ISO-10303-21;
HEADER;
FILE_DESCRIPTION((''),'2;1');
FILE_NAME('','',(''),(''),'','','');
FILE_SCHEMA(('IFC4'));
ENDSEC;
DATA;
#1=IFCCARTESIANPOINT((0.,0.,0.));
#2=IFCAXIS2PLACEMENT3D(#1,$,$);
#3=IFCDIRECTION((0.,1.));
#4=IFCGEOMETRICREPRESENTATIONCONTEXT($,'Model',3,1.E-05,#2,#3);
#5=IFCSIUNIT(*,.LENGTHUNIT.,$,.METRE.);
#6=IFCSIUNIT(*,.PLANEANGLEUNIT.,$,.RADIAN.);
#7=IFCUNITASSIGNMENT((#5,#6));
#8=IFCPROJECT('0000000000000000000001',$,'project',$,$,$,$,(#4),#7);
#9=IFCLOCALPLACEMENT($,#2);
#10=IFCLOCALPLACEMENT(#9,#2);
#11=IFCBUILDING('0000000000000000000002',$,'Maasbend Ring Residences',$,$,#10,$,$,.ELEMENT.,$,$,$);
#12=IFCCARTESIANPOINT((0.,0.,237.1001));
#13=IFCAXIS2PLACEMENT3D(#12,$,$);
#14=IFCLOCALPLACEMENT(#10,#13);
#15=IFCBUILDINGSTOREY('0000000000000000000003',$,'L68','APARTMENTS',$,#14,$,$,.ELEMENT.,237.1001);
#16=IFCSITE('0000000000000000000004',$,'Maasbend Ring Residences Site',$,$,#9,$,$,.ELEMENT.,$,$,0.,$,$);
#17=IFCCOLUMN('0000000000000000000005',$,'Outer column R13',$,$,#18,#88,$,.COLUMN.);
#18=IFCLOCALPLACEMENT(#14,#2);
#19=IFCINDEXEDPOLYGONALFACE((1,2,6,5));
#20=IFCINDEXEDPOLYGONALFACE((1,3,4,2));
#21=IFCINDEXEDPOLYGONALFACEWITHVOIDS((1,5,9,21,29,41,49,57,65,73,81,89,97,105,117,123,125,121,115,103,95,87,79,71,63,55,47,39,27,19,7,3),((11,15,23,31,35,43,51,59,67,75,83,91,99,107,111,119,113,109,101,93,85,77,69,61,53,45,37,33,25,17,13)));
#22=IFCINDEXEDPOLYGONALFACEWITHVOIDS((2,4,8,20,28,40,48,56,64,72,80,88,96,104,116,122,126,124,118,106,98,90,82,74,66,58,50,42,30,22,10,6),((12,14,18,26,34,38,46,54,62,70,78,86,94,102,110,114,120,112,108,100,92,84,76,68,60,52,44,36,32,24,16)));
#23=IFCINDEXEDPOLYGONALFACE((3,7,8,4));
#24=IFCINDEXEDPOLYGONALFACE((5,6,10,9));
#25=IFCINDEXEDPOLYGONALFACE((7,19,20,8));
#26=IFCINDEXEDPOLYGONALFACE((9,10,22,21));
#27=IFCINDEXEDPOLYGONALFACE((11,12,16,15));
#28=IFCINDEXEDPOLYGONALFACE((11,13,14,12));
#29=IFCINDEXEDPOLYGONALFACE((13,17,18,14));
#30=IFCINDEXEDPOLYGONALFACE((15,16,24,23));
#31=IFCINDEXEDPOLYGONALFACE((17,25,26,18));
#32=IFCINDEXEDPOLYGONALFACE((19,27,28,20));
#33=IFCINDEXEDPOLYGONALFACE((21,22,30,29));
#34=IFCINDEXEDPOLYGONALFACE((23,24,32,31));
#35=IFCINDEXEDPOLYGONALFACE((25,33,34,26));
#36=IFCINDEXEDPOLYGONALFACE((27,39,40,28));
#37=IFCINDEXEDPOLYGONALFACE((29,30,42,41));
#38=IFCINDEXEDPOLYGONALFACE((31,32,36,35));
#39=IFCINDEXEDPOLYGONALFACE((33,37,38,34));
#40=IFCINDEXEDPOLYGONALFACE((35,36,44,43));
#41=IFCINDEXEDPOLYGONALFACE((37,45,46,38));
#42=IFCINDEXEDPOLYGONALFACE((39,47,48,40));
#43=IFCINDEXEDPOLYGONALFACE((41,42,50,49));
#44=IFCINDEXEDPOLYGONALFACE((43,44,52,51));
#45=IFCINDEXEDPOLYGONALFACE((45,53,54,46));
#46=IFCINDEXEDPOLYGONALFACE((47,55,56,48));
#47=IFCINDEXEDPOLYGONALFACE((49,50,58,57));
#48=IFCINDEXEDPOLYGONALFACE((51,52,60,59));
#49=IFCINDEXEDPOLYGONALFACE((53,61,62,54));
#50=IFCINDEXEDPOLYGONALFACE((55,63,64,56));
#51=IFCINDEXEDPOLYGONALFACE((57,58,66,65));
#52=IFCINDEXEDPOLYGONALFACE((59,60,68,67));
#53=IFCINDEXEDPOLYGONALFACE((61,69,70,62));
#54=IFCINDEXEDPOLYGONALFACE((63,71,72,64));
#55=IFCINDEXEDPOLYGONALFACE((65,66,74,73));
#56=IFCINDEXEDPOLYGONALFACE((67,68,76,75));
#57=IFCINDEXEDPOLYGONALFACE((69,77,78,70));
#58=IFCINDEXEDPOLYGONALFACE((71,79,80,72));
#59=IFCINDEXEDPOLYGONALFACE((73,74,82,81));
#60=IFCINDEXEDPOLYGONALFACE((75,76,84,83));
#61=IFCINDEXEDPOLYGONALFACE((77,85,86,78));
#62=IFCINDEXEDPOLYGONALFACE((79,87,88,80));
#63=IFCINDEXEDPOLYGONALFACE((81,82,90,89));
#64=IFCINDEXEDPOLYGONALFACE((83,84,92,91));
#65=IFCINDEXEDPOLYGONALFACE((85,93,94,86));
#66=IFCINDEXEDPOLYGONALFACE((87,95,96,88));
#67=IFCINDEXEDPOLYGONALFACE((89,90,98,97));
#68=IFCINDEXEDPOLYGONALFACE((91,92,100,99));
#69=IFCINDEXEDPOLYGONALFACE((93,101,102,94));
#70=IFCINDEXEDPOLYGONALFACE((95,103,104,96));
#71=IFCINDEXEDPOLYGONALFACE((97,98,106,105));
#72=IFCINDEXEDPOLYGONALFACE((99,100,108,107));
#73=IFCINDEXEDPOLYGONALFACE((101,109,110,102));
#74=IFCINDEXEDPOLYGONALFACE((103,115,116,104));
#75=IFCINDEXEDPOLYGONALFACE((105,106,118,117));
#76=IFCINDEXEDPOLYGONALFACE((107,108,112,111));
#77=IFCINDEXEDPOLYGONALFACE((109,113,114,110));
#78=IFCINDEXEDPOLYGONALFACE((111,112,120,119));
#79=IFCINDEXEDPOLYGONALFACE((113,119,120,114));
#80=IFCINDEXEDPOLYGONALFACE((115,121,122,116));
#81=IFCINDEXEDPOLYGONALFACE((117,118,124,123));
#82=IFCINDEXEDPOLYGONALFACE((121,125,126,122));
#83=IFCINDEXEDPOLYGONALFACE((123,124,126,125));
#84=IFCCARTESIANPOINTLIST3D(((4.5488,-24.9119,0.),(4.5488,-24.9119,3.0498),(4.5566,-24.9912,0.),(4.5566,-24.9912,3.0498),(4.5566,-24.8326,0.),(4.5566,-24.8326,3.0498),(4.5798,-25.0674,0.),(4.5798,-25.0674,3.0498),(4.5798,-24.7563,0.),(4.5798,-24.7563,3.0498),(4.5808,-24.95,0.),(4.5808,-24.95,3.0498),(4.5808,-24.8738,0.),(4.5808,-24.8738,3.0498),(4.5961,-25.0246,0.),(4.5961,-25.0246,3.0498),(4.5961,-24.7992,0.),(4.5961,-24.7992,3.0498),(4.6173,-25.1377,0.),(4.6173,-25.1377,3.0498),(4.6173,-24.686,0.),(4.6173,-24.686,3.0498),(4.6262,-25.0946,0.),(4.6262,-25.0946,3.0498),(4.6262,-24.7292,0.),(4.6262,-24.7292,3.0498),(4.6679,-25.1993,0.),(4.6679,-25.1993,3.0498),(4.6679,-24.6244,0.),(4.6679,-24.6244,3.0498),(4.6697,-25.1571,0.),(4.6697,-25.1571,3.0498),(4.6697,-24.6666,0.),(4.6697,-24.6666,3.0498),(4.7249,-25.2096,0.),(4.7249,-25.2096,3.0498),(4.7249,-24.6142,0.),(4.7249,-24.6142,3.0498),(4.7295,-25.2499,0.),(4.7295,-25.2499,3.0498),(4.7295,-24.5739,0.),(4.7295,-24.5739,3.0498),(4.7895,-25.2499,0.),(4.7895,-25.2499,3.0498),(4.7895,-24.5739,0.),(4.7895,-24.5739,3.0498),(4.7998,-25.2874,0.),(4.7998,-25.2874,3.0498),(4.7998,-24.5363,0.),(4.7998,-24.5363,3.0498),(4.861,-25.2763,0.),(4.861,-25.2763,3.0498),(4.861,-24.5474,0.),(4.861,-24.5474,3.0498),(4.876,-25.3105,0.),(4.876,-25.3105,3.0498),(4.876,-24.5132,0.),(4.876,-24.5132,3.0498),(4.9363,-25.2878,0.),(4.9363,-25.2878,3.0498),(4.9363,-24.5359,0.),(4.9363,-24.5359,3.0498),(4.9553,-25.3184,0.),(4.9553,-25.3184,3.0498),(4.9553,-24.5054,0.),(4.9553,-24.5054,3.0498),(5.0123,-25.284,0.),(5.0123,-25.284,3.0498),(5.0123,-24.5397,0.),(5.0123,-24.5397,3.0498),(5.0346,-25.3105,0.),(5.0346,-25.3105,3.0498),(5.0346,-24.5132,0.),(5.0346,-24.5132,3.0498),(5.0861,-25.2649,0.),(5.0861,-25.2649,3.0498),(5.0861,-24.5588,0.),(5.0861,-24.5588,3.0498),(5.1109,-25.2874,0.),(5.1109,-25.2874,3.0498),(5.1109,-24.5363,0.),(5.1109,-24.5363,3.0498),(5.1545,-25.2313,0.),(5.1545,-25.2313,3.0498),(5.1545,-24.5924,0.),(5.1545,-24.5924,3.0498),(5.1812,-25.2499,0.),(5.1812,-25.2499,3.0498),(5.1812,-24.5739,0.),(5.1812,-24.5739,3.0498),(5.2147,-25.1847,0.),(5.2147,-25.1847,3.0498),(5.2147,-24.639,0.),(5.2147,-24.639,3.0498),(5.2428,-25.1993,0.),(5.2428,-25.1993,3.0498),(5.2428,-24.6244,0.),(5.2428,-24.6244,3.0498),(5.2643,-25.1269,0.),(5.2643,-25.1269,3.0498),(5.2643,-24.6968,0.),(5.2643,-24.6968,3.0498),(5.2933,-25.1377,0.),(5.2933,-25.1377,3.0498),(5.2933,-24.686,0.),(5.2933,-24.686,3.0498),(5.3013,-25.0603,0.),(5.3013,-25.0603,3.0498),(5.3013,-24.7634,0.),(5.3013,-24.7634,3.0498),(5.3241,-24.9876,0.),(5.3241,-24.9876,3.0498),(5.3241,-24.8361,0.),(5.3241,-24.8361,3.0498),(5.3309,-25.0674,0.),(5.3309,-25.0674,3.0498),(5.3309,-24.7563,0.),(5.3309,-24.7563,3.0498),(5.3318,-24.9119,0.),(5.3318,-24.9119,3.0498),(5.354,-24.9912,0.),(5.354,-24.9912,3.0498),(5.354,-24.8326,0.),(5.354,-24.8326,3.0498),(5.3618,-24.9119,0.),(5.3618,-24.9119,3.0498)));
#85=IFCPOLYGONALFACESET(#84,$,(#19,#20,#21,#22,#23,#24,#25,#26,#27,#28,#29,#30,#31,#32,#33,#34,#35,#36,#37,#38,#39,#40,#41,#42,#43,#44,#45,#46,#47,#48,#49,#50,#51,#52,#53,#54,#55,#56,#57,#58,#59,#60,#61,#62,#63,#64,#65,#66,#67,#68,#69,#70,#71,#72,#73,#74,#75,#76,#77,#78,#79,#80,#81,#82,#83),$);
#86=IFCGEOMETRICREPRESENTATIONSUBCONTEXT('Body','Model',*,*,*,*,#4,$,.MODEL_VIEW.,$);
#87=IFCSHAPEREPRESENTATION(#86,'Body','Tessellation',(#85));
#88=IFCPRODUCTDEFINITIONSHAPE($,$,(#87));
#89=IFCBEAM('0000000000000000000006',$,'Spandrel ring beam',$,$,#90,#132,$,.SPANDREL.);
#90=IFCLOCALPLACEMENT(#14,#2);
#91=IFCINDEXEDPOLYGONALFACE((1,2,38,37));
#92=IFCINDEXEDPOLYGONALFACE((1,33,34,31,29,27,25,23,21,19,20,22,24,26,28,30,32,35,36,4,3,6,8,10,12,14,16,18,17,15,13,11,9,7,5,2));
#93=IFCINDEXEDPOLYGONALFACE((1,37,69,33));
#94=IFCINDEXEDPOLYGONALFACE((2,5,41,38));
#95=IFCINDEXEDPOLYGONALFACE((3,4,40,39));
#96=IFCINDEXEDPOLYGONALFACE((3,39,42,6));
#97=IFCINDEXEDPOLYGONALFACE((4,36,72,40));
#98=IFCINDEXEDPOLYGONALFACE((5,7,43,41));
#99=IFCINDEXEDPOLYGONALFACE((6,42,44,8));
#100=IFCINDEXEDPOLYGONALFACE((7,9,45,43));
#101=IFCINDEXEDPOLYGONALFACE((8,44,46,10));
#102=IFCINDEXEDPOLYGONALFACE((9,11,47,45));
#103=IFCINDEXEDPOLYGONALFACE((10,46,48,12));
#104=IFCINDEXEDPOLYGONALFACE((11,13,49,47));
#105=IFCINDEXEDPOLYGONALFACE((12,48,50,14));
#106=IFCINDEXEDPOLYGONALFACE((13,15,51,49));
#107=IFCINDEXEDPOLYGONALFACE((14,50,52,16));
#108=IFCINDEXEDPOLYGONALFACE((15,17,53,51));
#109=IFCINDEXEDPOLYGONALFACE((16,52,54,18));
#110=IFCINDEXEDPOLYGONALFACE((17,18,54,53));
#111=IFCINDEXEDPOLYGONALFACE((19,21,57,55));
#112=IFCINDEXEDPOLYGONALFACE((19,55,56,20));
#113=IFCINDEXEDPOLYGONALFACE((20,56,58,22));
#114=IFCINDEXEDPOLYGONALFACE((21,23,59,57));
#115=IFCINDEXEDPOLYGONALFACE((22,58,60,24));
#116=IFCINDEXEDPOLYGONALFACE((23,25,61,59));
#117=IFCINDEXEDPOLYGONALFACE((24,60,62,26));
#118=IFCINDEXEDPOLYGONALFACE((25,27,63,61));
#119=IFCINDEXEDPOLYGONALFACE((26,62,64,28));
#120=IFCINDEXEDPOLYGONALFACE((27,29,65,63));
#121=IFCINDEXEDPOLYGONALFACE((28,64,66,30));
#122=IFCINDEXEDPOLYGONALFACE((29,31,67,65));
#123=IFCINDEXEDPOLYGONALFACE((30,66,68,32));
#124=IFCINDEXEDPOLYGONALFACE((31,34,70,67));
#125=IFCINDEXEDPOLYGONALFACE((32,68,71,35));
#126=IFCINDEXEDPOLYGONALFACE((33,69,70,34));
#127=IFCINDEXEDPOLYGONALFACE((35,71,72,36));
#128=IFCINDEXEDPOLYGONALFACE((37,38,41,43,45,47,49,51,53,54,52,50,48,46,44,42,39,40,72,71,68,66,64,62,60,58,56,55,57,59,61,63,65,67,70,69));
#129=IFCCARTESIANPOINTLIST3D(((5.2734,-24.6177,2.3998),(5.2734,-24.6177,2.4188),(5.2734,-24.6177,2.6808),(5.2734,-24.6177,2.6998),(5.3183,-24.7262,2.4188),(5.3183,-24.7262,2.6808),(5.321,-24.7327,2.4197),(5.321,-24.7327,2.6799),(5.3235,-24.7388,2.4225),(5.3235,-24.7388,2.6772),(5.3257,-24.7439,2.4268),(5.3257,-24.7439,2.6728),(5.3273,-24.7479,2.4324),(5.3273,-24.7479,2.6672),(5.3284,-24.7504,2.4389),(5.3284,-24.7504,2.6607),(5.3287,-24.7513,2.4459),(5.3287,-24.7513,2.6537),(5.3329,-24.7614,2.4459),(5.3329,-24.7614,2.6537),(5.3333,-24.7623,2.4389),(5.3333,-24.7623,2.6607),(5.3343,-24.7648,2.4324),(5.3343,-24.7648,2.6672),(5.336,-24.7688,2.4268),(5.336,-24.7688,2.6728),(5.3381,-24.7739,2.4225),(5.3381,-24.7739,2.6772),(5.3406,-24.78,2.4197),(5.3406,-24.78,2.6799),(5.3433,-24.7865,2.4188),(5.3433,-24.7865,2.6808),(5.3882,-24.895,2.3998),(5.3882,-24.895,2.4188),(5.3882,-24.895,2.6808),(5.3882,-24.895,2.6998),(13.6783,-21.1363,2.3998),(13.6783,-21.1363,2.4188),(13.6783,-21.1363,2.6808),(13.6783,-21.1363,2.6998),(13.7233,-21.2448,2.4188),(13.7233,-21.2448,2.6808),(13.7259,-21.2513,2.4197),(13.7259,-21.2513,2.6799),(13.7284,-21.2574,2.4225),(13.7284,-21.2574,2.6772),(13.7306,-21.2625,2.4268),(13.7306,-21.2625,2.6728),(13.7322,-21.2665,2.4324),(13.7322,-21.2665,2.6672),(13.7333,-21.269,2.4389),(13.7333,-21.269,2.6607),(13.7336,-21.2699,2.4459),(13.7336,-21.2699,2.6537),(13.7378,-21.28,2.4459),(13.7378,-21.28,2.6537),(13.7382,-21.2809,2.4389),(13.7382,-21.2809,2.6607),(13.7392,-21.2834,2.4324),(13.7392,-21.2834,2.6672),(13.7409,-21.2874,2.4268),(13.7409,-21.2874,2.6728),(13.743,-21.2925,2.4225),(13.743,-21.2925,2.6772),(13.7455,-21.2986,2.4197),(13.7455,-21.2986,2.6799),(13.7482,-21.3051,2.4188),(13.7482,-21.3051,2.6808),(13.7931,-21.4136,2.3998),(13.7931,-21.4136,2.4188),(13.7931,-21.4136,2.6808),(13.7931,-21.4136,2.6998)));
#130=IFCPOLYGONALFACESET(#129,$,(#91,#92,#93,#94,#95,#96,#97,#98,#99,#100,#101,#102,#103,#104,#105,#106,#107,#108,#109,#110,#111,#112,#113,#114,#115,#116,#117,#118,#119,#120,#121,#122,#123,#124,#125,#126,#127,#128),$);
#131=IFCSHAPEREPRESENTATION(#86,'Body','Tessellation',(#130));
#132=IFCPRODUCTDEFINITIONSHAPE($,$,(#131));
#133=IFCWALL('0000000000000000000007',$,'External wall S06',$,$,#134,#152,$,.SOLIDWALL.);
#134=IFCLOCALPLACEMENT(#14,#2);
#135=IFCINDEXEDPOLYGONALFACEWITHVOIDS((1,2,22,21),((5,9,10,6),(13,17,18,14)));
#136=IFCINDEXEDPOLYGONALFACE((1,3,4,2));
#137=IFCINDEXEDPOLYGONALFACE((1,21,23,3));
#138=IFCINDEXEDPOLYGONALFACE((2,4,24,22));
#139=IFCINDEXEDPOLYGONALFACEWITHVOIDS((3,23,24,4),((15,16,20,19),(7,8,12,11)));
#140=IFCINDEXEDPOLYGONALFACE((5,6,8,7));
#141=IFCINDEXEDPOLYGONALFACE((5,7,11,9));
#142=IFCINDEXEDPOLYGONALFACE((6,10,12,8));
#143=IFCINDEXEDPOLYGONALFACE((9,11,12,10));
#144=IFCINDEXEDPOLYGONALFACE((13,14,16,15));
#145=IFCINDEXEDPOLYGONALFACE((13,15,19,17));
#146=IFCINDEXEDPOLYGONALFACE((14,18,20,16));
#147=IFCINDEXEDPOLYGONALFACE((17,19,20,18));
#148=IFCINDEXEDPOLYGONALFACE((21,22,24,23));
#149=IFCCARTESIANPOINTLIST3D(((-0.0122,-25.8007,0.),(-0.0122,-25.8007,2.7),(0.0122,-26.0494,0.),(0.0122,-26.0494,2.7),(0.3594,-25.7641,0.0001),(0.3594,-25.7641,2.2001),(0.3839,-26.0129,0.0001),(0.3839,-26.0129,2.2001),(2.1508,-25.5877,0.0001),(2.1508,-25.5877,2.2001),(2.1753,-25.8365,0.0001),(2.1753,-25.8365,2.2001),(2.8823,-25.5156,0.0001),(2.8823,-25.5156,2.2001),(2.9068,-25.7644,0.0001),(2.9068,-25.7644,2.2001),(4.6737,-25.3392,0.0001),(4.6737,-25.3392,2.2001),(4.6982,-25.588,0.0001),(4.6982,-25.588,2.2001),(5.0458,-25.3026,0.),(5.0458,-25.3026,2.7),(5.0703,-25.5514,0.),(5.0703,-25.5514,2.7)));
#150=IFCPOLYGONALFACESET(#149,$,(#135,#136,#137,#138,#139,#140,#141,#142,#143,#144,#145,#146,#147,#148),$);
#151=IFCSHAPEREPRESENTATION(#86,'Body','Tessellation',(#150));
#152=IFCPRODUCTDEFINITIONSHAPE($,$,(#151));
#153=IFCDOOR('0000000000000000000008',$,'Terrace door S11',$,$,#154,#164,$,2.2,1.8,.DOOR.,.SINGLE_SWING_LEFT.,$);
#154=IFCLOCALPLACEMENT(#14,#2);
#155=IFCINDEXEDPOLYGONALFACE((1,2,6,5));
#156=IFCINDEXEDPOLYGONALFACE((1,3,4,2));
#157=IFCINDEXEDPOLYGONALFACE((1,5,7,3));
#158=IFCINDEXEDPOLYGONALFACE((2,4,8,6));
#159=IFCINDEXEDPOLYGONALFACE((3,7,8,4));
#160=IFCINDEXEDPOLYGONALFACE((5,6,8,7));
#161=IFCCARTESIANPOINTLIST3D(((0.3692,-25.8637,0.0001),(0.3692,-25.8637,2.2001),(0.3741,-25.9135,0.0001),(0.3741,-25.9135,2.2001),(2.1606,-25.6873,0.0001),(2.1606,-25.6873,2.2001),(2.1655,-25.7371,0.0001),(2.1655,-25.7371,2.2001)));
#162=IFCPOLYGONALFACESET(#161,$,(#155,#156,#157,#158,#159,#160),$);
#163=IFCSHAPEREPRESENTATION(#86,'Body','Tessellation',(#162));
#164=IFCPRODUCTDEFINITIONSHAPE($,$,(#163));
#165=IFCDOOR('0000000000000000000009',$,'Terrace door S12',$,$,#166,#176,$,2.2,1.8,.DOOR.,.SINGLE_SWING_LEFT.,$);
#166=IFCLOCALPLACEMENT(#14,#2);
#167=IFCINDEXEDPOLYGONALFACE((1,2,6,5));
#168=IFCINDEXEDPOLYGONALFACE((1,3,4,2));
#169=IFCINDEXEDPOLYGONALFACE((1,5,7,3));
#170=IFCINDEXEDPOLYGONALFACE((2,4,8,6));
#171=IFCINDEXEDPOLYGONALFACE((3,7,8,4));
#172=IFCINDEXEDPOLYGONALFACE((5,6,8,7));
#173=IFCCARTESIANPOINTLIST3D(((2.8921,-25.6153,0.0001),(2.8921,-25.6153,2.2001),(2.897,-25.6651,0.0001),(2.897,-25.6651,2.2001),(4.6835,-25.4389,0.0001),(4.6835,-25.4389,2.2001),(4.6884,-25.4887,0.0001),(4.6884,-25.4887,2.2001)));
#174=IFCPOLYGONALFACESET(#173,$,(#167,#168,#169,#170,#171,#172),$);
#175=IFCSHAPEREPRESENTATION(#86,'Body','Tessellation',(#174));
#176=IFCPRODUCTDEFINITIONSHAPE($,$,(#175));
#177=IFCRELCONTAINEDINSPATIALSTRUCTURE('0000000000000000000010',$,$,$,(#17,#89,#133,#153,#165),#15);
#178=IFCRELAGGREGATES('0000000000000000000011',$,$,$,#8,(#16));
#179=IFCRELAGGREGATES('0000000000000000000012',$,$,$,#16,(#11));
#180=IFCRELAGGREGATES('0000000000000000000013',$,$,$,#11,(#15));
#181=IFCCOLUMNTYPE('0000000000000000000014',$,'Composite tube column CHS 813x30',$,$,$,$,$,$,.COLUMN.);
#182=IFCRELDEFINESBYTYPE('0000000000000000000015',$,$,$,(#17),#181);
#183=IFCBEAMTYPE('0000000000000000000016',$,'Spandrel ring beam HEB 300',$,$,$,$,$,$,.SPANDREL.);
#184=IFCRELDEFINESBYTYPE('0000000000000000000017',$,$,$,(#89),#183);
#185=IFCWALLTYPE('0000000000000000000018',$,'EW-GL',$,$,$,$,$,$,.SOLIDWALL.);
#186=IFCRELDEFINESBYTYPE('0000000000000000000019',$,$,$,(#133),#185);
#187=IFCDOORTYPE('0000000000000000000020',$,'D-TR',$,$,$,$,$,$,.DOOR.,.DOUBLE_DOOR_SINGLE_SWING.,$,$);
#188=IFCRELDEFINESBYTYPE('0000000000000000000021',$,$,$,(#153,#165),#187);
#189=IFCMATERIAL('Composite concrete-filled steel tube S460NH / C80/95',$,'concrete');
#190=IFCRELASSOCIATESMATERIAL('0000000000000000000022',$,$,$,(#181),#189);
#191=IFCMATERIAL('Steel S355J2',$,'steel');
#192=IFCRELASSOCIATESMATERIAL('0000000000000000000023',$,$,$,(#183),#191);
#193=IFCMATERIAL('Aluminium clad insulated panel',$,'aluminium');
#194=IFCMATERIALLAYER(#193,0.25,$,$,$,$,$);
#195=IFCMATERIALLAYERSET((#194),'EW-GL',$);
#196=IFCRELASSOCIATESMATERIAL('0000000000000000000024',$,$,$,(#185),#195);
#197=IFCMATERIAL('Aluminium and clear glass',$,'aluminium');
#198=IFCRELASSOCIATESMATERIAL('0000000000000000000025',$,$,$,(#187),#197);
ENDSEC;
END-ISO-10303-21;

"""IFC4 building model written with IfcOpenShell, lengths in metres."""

from ifc_helpers import new_model, si_unit, direction, frame, frame_2d, origin, origin_2d, place, context, subcontext, project, spatial, rectangle, hollow_circle, i_section, extrude, material, layer, layer_set, material_profile, profile_set, type_object, element, fill, save


model = new_model("IFC4")

# Units and contexts
model_context = context("Model", 3, precision=1e-05, world=origin(), true_north=direction((0.0, 1.0)))
body_context = subcontext(model_context, "Body", "Model", "MODEL_VIEW")
ifc_project = project(units=[si_unit("LENGTHUNIT", "METRE"), si_unit("PLANEANGLEUNIT", "RADIAN")], contexts=[model_context])

# Site, building, storey
site_placement = place(None, origin())
site = spatial("IfcSite", under=ifc_project, at=site_placement, Name="Maasbend Ring Residences Site", CompositionType="ELEMENT", RefElevation=0.0)
building_placement = place(site_placement, origin())
building = spatial("IfcBuilding", under=site, at=building_placement, Name="Maasbend Ring Residences", CompositionType="ELEMENT")
storey_placement = place(building_placement, frame((0.0, 0.0, 237.1001)))
storey = spatial("IfcBuildingStorey", under=building, at=storey_placement, Name="L68", Description="APARTMENTS", CompositionType="ELEMENT", Elevation=237.1001)

# Column
ifc_material_1 = material(Name="Composite concrete-filled steel tube S460NH / C80/95", Category="concrete")
ifc_material_profile_1 = material_profile(ifc_material_1, hollow_circle(Radius=0.4065, WallThickness=0.03, at=origin_2d()), Name="Composite tube column CHS 813x30")
ifc_profile_set_1 = profile_set([ifc_material_profile_1], Name="Composite concrete-filled steel tube S460NH / C80/95")
column_type = type_object("IfcColumnType", Name="Composite tube column CHS 813x30", PredefinedType="COLUMN", material=ifc_profile_set_1)
column_placement = place(storey_placement, frame((4.9553, -24.9119, 0.0), z_axis=(0.0, 0.0, 1.0), x_axis=(1.0, 0.0, 0.0)))
element("IfcColumn", 1, at=column_placement, inside=storey, type_object=column_type, Name="Outer column R13", PredefinedType="COLUMN", context=body_context, shape_type="SweptSolid", body=[
    extrude(hollow_circle(Radius=0.4065, WallThickness=0.03, at=origin_2d()), origin(), (0.0, 0.0, 1.0), 3.0498),
])

# Beam
ifc_material_2 = material(Name="Steel S355J2", Category="steel")
ifc_material_profile_2 = material_profile(ifc_material_2, i_section(OverallWidth=0.3, OverallDepth=0.3, WebThickness=0.011, FlangeThickness=0.019, FilletRadius=0.0271, at=origin_2d()), Name="HEB 300")
ifc_profile_set_2 = profile_set([ifc_material_profile_2], Name="Steel S355J2")
beam_type = type_object("IfcBeamType", Name="Spandrel ring beam HEB 300", PredefinedType="SPANDREL", material=ifc_profile_set_2)
beam_placement = place(storey_placement, frame((5.3308, -24.7563, 2.5498), z_axis=(0.923881, 0.38268, 0.0), x_axis=(-0.38268, 0.923881, 0.0)))
element("IfcBeam", 2, at=beam_placement, inside=storey, type_object=beam_type, Name="Spandrel ring beam", PredefinedType="SPANDREL", context=body_context, shape_type="SweptSolid", body=[
    extrude(i_section(OverallWidth=0.3, OverallDepth=0.3, WebThickness=0.011, FlangeThickness=0.019, FilletRadius=0.0271, at=origin_2d()), origin(), (0.0, 0.0, 1.0), 9.0974),
])

# Wall, openings, doors
ifc_material_3 = material(Name="Aluminium clad insulated panel", Category="aluminium")
ifc_layer_1 = layer(ifc_material_3, 0.25)
ifc_layer_set_1 = layer_set([ifc_layer_1], Name="EW-GL")
wall_type_1 = type_object("IfcWallType", Name="EW-GL", PredefinedType="SOLIDWALL", material=ifc_layer_set_1)
wall_1_placement = place(storey_placement, frame((0.0, -25.925, 0.0), z_axis=(0.0, 0.0, 1.0), x_axis=(0.995187, 0.097991, 0.0)))
wall_1 = element("IfcWall", 3, at=wall_1_placement, inside=storey, type_object=wall_type_1, Name="External wall S06", PredefinedType="SOLIDWALL", context=body_context, shape_type="SweptSolid", body=[
    extrude(rectangle(XDim=5.0825, YDim=0.25, at=frame_2d((2.5413, 0.0))), origin(), (0.0, 0.0, 1.0), 2.7),
])
opening_1_placement = place(wall_1_placement, frame((0.3735, 0.0, 0.0)))
opening_1 = element("IfcOpeningElement", 4, at=opening_1_placement, cuts=wall_1, PredefinedType="OPENING", context=body_context, shape_type="SweptSolid", body=[
    extrude(rectangle(XDim=1.8, YDim=2.2, at=frame_2d((0.8999, 1.1001))), frame((0.0, 0.135, 0.0), z_axis=(0.0, -1.0, 0.0), x_axis=(1.0, 0.0, 0.0)), (0.0, 0.0, 1.0), 0.27),
])
opening_2_placement = place(wall_1_placement, frame((2.9087, 0.0, 0.0)))
opening_2 = element("IfcOpeningElement", 5, at=opening_2_placement, cuts=wall_1, PredefinedType="OPENING", context=body_context, shape_type="SweptSolid", body=[
    extrude(rectangle(XDim=1.8, YDim=2.2, at=frame_2d((0.8999, 1.1001))), frame((0.0, 0.135, 0.0), z_axis=(0.0, -1.0, 0.0), x_axis=(1.0, 0.0, 0.0)), (0.0, 0.0, 1.0), 0.27),
])
ifc_material_4 = material(Name="Aluminium and clear glass", Category="aluminium")
door_type_1 = type_object("IfcDoorType", Name="D-TR", OperationType="DOUBLE_DOOR_SINGLE_SWING", PredefinedType="DOOR", material=ifc_material_4)
door_1_placement = place(opening_1_placement, origin())
door_1 = element("IfcDoor", 6, at=door_1_placement, inside=storey, type_object=door_type_1, Name="Terrace door S11", OperationType="SINGLE_SWING_LEFT", OverallHeight=2.2, OverallWidth=1.8, PredefinedType="DOOR", context=body_context, shape_type="SweptSolid", body=[
    extrude(rectangle(XDim=1.8, YDim=2.2, at=frame_2d((0.8999, 1.1001))), frame((0.0, 0.0249, 0.0), z_axis=(0.0, -1.0, 0.0), x_axis=(1.0, 0.0, 0.0)), (0.0, 0.0, 1.0), 0.05),
])
fill(opening_1, door_1)
door_2_placement = place(opening_2_placement, origin())
door_2 = element("IfcDoor", 7, at=door_2_placement, inside=storey, type_object=door_type_1, Name="Terrace door S12", OperationType="SINGLE_SWING_LEFT", OverallHeight=2.2, OverallWidth=1.8, PredefinedType="DOOR", context=body_context, shape_type="SweptSolid", body=[
    extrude(rectangle(XDim=1.8, YDim=2.2, at=frame_2d((0.8999, 1.1001))), frame((0.0, 0.0249, 0.0), z_axis=(0.0, -1.0, 0.0), x_axis=(1.0, 0.0, 0.0)), (0.0, 0.0, 1.0), 0.05),
])
fill(opening_2, door_2)

save(model, "model.ifc")
